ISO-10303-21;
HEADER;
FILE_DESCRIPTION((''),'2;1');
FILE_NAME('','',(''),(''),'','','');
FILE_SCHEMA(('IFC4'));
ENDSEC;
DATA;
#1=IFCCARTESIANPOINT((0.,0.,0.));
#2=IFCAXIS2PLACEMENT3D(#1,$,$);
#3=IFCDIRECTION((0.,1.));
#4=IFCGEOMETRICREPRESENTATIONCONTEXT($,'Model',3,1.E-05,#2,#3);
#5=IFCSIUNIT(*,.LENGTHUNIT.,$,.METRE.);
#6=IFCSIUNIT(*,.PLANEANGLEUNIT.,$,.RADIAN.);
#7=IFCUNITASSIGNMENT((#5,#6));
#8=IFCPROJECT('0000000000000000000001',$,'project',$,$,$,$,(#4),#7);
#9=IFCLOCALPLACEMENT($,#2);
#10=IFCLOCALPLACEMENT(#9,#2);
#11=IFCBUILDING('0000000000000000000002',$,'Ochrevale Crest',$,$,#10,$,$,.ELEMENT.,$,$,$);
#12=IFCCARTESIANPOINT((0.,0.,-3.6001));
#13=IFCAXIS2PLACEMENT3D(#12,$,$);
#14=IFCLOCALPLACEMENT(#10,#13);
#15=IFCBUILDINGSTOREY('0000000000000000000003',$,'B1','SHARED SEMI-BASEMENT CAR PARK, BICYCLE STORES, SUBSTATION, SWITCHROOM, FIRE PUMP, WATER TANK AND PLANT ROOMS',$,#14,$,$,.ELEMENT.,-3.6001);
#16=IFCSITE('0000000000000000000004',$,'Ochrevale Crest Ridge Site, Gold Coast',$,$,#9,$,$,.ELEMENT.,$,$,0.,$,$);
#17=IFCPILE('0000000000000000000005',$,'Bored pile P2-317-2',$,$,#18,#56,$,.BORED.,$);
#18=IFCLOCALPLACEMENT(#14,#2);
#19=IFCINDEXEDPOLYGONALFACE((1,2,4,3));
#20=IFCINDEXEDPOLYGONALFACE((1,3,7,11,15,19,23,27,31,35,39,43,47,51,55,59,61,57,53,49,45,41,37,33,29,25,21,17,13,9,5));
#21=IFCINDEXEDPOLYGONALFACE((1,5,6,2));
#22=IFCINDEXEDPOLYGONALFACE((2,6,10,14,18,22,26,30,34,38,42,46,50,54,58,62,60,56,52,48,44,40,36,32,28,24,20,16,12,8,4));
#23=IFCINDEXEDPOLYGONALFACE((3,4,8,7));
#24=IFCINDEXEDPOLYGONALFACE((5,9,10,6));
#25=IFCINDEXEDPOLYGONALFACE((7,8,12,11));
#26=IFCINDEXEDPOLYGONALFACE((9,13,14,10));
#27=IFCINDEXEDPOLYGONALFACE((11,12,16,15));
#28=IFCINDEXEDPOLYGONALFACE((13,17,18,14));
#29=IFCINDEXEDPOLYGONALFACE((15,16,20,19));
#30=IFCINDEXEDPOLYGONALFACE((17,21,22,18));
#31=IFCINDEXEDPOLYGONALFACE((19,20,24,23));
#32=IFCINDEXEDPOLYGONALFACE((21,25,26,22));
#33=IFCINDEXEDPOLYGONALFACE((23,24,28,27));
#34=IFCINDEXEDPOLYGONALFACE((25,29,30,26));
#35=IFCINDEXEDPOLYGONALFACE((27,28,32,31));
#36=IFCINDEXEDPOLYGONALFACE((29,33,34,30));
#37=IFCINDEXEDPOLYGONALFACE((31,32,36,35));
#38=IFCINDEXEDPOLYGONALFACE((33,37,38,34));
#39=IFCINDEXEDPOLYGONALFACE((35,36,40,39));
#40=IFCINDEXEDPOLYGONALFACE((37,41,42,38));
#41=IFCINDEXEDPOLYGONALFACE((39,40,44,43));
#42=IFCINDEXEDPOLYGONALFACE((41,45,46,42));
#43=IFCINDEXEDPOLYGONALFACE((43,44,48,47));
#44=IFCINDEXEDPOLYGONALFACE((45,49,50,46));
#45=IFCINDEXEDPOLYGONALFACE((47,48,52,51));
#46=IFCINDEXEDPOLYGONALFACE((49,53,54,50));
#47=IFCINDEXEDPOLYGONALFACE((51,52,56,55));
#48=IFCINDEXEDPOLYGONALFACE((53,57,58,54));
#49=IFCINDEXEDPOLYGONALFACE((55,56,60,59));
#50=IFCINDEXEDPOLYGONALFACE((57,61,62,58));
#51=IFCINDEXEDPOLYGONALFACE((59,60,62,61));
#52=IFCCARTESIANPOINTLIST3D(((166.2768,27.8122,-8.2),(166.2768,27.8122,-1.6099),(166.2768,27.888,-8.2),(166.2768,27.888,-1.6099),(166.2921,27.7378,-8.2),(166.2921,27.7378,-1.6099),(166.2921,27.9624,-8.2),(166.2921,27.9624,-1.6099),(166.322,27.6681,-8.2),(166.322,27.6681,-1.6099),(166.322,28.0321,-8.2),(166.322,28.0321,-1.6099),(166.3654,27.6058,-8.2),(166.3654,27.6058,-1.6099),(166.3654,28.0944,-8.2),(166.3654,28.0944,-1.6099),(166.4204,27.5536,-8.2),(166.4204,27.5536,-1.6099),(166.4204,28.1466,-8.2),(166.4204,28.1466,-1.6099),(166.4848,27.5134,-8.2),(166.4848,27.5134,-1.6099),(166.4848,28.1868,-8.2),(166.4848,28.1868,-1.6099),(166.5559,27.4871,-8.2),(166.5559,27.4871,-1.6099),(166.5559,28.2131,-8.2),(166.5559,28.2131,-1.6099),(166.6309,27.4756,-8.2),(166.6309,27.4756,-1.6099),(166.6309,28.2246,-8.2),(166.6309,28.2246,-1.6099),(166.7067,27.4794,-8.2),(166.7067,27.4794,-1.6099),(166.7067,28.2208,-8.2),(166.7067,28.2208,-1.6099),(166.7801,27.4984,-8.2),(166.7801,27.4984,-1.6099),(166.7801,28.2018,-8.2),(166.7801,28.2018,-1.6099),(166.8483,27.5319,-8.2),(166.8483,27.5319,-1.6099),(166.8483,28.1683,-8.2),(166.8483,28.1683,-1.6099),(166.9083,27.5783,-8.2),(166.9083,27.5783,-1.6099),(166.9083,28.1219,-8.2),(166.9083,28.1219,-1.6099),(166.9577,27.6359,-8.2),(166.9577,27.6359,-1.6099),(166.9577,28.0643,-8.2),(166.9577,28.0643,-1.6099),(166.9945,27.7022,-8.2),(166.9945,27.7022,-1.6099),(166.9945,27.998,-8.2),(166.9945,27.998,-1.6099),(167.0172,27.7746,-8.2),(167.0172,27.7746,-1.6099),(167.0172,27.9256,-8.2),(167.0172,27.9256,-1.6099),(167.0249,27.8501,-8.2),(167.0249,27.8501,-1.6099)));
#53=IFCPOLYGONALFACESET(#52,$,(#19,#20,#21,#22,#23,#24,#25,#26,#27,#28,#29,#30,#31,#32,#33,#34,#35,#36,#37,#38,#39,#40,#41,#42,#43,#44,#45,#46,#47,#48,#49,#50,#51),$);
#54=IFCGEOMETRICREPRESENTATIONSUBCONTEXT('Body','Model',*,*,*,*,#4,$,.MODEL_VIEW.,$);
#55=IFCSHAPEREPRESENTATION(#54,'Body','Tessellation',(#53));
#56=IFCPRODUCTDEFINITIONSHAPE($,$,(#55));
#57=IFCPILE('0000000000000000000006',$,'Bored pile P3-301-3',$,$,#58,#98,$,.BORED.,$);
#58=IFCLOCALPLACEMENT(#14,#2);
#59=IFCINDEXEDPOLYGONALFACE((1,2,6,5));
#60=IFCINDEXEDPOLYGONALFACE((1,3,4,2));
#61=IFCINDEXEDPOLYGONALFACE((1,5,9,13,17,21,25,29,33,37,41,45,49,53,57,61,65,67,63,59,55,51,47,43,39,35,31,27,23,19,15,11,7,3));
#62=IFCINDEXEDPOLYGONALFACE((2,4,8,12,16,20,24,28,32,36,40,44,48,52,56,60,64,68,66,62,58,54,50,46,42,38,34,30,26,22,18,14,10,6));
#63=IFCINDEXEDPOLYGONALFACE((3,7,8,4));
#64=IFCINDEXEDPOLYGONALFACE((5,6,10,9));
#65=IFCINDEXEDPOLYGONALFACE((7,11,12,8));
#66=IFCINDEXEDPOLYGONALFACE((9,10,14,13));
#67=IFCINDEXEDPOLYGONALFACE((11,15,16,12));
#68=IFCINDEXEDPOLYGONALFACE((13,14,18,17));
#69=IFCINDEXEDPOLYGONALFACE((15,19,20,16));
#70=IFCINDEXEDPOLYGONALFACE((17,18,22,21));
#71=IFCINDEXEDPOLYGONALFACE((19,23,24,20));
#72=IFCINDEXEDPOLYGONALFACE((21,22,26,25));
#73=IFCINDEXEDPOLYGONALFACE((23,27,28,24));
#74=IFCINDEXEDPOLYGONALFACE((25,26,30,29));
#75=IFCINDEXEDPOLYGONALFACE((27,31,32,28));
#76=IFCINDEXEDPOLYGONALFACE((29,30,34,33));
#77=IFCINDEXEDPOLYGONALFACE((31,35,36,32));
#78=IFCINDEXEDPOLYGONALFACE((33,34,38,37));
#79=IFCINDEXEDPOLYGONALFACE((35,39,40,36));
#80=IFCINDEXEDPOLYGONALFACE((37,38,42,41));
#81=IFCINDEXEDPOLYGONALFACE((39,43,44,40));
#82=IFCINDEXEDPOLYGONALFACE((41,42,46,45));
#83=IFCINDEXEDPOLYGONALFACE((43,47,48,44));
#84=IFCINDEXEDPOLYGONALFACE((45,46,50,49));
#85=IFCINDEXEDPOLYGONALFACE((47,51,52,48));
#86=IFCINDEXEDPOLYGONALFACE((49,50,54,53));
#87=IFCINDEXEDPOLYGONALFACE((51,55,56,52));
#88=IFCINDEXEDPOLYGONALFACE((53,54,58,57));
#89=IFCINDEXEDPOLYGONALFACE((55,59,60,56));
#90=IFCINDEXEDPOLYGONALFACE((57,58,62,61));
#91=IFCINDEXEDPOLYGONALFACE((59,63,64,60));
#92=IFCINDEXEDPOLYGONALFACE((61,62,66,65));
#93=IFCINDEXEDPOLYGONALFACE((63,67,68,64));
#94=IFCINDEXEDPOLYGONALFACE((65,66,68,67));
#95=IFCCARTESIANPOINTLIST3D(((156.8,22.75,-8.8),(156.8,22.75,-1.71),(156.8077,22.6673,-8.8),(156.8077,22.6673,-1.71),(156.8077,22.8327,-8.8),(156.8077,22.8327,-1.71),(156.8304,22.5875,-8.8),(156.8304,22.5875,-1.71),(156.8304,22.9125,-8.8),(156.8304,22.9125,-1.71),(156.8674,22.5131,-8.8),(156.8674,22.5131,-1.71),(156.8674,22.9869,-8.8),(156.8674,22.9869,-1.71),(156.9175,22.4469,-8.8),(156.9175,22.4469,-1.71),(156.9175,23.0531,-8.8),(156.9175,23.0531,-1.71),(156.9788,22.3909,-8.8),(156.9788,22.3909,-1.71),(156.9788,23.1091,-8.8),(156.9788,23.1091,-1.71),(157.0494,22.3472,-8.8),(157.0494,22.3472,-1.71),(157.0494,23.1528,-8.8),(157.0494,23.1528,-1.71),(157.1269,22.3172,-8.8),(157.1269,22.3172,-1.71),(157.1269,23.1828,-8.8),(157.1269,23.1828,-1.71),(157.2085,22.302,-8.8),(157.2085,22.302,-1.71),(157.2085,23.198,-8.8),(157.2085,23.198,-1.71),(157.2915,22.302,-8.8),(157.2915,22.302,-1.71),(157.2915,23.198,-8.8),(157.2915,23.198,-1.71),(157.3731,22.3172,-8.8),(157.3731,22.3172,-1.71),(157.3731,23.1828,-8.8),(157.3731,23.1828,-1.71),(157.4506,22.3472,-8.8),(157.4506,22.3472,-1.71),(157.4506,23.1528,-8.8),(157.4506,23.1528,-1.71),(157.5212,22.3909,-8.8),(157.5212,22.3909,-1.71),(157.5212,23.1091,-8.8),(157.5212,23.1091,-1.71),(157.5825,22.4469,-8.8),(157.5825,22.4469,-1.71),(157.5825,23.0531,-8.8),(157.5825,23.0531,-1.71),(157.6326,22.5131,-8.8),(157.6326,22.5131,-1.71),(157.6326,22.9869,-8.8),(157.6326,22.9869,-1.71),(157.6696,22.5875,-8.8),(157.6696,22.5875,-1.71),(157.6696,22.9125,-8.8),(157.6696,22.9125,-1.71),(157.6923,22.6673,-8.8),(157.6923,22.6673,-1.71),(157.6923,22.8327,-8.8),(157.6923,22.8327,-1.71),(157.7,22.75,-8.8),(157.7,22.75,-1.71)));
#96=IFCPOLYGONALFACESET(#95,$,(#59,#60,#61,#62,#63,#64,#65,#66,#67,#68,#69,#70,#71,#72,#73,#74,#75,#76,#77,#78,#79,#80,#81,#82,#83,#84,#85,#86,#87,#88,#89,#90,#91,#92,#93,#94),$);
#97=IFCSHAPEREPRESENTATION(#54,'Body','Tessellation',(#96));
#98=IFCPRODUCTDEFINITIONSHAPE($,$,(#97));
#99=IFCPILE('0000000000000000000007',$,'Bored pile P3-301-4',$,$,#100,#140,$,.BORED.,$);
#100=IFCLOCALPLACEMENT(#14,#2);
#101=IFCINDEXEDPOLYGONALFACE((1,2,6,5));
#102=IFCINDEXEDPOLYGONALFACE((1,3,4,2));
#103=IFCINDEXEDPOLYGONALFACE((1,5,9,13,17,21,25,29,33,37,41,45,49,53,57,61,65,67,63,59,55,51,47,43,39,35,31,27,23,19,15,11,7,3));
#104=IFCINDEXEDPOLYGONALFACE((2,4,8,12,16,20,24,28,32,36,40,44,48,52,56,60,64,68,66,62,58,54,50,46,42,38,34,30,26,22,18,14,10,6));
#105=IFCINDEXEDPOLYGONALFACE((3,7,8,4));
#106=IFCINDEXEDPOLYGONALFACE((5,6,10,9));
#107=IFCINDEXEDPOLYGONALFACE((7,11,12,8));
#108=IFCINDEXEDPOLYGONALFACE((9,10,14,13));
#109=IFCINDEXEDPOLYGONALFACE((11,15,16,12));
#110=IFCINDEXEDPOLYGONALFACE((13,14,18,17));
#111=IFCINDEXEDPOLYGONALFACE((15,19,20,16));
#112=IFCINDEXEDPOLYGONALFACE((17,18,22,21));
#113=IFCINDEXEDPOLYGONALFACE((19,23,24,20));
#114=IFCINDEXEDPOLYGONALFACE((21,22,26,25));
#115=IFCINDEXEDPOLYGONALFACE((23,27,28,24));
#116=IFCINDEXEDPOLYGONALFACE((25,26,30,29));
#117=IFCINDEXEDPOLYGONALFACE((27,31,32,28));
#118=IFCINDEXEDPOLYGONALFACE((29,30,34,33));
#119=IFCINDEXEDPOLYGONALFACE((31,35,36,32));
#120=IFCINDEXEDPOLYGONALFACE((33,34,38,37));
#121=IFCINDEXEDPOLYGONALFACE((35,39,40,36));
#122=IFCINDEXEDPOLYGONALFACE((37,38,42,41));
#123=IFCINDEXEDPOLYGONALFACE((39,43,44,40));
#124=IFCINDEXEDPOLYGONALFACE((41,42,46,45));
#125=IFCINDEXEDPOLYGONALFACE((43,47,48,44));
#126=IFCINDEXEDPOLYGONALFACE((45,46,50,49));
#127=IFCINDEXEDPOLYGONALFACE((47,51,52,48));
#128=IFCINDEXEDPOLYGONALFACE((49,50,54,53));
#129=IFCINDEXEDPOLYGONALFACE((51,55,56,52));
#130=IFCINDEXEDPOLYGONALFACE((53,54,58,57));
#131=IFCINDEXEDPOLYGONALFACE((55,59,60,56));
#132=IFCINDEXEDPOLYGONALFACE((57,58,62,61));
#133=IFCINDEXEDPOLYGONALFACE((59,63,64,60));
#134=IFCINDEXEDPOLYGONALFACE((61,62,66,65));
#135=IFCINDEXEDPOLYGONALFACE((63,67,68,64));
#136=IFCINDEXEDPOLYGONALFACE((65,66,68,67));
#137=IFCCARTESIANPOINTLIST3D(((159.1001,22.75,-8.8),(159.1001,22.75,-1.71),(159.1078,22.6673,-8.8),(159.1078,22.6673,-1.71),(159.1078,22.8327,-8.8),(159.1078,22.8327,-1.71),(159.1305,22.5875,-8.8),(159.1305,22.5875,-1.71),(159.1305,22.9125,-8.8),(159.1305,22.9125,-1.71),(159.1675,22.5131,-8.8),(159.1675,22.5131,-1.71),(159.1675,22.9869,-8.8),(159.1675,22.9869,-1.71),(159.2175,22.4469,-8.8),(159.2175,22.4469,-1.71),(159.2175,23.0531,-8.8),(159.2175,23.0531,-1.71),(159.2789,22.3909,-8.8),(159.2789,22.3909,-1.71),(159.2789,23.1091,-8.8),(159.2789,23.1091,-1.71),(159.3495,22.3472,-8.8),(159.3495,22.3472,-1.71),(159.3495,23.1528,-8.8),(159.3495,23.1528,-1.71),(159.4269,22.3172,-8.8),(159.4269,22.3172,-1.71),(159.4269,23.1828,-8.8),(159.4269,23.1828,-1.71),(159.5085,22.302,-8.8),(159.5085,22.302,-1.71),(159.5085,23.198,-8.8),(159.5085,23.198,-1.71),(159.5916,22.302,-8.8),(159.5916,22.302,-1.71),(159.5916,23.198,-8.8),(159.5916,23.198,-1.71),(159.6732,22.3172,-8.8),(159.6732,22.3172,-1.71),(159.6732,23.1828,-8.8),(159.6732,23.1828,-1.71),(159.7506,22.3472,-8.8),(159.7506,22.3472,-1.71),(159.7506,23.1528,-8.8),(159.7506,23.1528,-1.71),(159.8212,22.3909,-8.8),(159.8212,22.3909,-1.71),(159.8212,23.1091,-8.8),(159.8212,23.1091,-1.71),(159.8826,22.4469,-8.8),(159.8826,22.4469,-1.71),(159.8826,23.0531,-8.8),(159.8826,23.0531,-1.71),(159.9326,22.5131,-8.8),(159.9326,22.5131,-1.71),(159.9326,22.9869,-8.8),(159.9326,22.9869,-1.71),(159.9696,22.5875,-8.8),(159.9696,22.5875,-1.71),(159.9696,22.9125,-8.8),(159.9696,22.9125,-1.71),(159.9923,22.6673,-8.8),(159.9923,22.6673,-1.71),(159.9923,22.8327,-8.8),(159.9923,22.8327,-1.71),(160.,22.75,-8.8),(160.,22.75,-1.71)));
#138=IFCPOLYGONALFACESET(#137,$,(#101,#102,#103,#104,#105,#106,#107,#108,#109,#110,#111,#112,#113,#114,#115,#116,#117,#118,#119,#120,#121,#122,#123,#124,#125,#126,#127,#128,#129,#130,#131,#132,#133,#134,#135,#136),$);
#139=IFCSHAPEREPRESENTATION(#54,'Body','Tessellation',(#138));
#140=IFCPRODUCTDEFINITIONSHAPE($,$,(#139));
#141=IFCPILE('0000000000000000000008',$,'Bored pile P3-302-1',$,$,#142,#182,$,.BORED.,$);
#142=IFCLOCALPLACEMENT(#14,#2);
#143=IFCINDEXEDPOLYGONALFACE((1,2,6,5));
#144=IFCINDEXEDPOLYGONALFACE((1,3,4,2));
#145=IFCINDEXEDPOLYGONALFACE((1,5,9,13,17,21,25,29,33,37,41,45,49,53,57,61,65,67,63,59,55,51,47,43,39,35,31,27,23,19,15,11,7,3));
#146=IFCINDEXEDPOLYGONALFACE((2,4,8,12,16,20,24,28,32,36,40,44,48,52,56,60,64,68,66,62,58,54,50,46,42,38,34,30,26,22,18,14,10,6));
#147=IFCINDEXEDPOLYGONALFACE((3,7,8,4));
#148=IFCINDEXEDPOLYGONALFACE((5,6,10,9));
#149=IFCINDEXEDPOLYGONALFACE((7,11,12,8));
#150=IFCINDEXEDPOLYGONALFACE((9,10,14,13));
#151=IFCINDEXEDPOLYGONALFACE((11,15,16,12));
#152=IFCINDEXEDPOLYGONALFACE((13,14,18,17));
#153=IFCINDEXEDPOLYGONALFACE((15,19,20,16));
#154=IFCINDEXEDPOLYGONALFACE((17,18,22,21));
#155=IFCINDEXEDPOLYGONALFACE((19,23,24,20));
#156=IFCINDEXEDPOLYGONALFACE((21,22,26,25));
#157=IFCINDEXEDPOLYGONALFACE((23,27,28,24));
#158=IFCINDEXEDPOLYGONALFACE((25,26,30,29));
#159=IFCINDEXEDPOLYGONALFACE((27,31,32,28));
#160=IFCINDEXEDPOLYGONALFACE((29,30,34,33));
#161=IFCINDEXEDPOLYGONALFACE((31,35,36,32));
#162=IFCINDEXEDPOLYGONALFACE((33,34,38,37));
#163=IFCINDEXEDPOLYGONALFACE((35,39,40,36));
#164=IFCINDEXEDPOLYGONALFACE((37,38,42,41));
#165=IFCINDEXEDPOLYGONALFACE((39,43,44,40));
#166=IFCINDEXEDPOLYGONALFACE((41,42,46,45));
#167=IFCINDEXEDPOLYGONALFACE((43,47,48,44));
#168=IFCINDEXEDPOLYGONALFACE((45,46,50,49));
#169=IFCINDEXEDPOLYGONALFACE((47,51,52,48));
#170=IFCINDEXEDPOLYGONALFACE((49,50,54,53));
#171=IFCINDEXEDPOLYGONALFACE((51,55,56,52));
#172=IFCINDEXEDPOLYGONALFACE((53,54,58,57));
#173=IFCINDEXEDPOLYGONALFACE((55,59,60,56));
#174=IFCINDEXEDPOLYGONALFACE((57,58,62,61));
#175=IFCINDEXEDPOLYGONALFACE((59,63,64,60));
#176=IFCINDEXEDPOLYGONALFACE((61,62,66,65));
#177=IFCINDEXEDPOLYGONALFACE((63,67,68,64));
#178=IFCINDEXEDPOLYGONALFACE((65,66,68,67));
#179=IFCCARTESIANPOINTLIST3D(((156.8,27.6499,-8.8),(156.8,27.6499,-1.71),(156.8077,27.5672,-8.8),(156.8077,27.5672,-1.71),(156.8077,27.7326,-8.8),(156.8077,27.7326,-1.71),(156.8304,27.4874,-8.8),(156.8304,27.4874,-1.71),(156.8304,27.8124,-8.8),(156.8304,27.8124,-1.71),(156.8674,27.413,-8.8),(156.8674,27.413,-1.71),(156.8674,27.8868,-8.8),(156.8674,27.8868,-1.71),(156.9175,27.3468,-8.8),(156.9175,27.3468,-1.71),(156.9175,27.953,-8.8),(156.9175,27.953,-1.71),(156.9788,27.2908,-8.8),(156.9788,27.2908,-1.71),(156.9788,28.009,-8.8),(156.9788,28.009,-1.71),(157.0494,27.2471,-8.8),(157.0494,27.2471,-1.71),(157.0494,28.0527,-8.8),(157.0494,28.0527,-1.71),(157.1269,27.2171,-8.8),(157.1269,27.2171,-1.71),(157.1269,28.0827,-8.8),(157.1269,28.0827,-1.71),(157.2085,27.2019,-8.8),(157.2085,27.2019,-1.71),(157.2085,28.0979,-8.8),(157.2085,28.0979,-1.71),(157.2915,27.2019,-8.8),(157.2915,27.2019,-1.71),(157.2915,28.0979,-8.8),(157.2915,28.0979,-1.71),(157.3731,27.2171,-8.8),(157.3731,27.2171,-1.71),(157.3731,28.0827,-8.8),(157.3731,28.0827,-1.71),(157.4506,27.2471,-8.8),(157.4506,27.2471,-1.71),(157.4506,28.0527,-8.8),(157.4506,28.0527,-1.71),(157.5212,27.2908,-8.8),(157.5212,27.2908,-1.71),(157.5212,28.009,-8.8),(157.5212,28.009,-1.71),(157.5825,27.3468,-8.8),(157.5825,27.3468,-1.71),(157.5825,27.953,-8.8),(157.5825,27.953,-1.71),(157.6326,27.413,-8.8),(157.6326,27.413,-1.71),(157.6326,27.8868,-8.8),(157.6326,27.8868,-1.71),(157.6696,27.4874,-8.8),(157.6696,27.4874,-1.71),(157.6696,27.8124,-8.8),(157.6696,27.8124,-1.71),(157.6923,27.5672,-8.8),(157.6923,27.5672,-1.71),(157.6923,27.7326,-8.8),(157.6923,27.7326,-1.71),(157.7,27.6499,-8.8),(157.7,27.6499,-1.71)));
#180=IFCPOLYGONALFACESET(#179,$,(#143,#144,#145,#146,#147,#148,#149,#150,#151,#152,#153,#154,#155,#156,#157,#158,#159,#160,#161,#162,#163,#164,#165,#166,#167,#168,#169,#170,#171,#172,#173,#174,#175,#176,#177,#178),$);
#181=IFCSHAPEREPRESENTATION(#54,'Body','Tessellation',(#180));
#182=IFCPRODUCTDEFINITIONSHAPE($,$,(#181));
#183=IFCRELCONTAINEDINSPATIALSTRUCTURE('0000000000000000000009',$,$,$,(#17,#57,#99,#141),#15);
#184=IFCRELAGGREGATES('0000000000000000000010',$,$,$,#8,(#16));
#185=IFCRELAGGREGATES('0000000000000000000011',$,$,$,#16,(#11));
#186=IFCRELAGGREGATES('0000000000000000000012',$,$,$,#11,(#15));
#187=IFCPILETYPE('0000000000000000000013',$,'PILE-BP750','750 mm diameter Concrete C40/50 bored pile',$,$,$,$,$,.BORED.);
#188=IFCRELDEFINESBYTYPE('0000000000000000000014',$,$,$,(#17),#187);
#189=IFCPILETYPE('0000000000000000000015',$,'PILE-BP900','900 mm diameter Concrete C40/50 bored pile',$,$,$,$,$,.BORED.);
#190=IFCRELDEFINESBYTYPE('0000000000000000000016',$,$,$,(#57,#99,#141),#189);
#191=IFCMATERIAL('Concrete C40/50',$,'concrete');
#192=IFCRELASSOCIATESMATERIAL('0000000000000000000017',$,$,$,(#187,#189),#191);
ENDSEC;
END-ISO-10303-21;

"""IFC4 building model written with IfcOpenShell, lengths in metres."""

from ifc_helpers import new_model, si_unit, direction, frame, origin, origin_2d, place, context, subcontext, project, spatial, circle, extrude, material, material_profile, profile_set, type_object, element, save


model = new_model("IFC4")

# Units and contexts
model_context = context("Model", 3, precision=1e-05, world=origin(), true_north=direction((0.0, 1.0)))
body_context = subcontext(model_context, "Body", "Model", "MODEL_VIEW")
ifc_project = project(units=[si_unit("LENGTHUNIT", "METRE"), si_unit("PLANEANGLEUNIT", "RADIAN")], contexts=[model_context])

# Site, building, storey
site_placement = place(None, origin())
site = spatial("IfcSite", under=ifc_project, at=site_placement, Name="Ochrevale Crest Ridge Site, Gold Coast", CompositionType="ELEMENT", RefElevation=0.0)
building_placement = place(site_placement, origin())
building = spatial("IfcBuilding", under=site, at=building_placement, Name="Ochrevale Crest", CompositionType="ELEMENT")
storey_placement = place(building_placement, frame((0.0, 0.0, -3.6001)))
storey = spatial("IfcBuildingStorey", under=building, at=storey_placement, Name="B1", Description="SHARED SEMI-BASEMENT CAR PARK, BICYCLE STORES, SUBSTATION, SWITCHROOM, FIRE PUMP, WATER TANK AND PLANT ROOMS", CompositionType="ELEMENT", Elevation=-3.6001)

# Shared definitions
ifc_material_1 = material(Name="Concrete C40/50", Category="concrete")

# Piles
ifc_material_profile_1 = material_profile(ifc_material_1, circle(Radius=0.375, at=origin_2d()), Name="BORED PILE 750")
ifc_profile_set_1 = profile_set([ifc_material_profile_1], Name="Concrete C40/50")
pile_type_1 = type_object("IfcPileType", Name="PILE-BP750", Description="750 mm diameter Concrete C40/50 bored pile", PredefinedType="BORED", material=ifc_profile_set_1)
for number, where, z_axis, x_axis, name in (
    (1, (166.6499, 27.8501, -1.6099), (0.0, 0.0, -1.0), (1.0, 0.0, 0.0), "Bored pile P2-317-2"),
):
    element("IfcPile", number, at=place(storey_placement, frame(where, z_axis=z_axis, x_axis=x_axis)), inside=storey, type_object=pile_type_1, Name=name, PredefinedType="BORED", context=body_context, shape_type="SweptSolid", body=[
        extrude(circle(Radius=0.375, at=origin_2d()), origin(), (0.0, 0.0, 1.0), 6.5901),
    ])
ifc_material_profile_2 = material_profile(ifc_material_1, circle(Radius=0.45, at=origin_2d()), Name="BORED PILE 900")
ifc_profile_set_2 = profile_set([ifc_material_profile_2], Name="Concrete C40/50")
pile_type_2 = type_object("IfcPileType", Name="PILE-BP900", Description="900 mm diameter Concrete C40/50 bored pile", PredefinedType="BORED", material=ifc_profile_set_2)
for number, where, z_axis, x_axis, name in (
    (2, (157.25, 22.75, -1.71), (0.0, 0.0, -1.0), (1.0, 0.0, 0.0), "Bored pile P3-301-3"),
    (3, (159.55, 22.75, -1.71), (0.0, 0.0, -1.0), (1.0, 0.0, 0.0), "Bored pile P3-301-4"),
    (4, (157.25, 27.6499, -1.71), (0.0, 0.0, -1.0), (1.0, 0.0, 0.0), "Bored pile P3-302-1"),
):
    element("IfcPile", number, at=place(storey_placement, frame(where, z_axis=z_axis, x_axis=x_axis)), inside=storey, type_object=pile_type_2, Name=name, PredefinedType="BORED", context=body_context, shape_type="SweptSolid", body=[
        extrude(circle(Radius=0.45, at=origin_2d()), origin(), (0.0, 0.0, 1.0), 7.0901),
    ])

save(model, "model.ifc")
